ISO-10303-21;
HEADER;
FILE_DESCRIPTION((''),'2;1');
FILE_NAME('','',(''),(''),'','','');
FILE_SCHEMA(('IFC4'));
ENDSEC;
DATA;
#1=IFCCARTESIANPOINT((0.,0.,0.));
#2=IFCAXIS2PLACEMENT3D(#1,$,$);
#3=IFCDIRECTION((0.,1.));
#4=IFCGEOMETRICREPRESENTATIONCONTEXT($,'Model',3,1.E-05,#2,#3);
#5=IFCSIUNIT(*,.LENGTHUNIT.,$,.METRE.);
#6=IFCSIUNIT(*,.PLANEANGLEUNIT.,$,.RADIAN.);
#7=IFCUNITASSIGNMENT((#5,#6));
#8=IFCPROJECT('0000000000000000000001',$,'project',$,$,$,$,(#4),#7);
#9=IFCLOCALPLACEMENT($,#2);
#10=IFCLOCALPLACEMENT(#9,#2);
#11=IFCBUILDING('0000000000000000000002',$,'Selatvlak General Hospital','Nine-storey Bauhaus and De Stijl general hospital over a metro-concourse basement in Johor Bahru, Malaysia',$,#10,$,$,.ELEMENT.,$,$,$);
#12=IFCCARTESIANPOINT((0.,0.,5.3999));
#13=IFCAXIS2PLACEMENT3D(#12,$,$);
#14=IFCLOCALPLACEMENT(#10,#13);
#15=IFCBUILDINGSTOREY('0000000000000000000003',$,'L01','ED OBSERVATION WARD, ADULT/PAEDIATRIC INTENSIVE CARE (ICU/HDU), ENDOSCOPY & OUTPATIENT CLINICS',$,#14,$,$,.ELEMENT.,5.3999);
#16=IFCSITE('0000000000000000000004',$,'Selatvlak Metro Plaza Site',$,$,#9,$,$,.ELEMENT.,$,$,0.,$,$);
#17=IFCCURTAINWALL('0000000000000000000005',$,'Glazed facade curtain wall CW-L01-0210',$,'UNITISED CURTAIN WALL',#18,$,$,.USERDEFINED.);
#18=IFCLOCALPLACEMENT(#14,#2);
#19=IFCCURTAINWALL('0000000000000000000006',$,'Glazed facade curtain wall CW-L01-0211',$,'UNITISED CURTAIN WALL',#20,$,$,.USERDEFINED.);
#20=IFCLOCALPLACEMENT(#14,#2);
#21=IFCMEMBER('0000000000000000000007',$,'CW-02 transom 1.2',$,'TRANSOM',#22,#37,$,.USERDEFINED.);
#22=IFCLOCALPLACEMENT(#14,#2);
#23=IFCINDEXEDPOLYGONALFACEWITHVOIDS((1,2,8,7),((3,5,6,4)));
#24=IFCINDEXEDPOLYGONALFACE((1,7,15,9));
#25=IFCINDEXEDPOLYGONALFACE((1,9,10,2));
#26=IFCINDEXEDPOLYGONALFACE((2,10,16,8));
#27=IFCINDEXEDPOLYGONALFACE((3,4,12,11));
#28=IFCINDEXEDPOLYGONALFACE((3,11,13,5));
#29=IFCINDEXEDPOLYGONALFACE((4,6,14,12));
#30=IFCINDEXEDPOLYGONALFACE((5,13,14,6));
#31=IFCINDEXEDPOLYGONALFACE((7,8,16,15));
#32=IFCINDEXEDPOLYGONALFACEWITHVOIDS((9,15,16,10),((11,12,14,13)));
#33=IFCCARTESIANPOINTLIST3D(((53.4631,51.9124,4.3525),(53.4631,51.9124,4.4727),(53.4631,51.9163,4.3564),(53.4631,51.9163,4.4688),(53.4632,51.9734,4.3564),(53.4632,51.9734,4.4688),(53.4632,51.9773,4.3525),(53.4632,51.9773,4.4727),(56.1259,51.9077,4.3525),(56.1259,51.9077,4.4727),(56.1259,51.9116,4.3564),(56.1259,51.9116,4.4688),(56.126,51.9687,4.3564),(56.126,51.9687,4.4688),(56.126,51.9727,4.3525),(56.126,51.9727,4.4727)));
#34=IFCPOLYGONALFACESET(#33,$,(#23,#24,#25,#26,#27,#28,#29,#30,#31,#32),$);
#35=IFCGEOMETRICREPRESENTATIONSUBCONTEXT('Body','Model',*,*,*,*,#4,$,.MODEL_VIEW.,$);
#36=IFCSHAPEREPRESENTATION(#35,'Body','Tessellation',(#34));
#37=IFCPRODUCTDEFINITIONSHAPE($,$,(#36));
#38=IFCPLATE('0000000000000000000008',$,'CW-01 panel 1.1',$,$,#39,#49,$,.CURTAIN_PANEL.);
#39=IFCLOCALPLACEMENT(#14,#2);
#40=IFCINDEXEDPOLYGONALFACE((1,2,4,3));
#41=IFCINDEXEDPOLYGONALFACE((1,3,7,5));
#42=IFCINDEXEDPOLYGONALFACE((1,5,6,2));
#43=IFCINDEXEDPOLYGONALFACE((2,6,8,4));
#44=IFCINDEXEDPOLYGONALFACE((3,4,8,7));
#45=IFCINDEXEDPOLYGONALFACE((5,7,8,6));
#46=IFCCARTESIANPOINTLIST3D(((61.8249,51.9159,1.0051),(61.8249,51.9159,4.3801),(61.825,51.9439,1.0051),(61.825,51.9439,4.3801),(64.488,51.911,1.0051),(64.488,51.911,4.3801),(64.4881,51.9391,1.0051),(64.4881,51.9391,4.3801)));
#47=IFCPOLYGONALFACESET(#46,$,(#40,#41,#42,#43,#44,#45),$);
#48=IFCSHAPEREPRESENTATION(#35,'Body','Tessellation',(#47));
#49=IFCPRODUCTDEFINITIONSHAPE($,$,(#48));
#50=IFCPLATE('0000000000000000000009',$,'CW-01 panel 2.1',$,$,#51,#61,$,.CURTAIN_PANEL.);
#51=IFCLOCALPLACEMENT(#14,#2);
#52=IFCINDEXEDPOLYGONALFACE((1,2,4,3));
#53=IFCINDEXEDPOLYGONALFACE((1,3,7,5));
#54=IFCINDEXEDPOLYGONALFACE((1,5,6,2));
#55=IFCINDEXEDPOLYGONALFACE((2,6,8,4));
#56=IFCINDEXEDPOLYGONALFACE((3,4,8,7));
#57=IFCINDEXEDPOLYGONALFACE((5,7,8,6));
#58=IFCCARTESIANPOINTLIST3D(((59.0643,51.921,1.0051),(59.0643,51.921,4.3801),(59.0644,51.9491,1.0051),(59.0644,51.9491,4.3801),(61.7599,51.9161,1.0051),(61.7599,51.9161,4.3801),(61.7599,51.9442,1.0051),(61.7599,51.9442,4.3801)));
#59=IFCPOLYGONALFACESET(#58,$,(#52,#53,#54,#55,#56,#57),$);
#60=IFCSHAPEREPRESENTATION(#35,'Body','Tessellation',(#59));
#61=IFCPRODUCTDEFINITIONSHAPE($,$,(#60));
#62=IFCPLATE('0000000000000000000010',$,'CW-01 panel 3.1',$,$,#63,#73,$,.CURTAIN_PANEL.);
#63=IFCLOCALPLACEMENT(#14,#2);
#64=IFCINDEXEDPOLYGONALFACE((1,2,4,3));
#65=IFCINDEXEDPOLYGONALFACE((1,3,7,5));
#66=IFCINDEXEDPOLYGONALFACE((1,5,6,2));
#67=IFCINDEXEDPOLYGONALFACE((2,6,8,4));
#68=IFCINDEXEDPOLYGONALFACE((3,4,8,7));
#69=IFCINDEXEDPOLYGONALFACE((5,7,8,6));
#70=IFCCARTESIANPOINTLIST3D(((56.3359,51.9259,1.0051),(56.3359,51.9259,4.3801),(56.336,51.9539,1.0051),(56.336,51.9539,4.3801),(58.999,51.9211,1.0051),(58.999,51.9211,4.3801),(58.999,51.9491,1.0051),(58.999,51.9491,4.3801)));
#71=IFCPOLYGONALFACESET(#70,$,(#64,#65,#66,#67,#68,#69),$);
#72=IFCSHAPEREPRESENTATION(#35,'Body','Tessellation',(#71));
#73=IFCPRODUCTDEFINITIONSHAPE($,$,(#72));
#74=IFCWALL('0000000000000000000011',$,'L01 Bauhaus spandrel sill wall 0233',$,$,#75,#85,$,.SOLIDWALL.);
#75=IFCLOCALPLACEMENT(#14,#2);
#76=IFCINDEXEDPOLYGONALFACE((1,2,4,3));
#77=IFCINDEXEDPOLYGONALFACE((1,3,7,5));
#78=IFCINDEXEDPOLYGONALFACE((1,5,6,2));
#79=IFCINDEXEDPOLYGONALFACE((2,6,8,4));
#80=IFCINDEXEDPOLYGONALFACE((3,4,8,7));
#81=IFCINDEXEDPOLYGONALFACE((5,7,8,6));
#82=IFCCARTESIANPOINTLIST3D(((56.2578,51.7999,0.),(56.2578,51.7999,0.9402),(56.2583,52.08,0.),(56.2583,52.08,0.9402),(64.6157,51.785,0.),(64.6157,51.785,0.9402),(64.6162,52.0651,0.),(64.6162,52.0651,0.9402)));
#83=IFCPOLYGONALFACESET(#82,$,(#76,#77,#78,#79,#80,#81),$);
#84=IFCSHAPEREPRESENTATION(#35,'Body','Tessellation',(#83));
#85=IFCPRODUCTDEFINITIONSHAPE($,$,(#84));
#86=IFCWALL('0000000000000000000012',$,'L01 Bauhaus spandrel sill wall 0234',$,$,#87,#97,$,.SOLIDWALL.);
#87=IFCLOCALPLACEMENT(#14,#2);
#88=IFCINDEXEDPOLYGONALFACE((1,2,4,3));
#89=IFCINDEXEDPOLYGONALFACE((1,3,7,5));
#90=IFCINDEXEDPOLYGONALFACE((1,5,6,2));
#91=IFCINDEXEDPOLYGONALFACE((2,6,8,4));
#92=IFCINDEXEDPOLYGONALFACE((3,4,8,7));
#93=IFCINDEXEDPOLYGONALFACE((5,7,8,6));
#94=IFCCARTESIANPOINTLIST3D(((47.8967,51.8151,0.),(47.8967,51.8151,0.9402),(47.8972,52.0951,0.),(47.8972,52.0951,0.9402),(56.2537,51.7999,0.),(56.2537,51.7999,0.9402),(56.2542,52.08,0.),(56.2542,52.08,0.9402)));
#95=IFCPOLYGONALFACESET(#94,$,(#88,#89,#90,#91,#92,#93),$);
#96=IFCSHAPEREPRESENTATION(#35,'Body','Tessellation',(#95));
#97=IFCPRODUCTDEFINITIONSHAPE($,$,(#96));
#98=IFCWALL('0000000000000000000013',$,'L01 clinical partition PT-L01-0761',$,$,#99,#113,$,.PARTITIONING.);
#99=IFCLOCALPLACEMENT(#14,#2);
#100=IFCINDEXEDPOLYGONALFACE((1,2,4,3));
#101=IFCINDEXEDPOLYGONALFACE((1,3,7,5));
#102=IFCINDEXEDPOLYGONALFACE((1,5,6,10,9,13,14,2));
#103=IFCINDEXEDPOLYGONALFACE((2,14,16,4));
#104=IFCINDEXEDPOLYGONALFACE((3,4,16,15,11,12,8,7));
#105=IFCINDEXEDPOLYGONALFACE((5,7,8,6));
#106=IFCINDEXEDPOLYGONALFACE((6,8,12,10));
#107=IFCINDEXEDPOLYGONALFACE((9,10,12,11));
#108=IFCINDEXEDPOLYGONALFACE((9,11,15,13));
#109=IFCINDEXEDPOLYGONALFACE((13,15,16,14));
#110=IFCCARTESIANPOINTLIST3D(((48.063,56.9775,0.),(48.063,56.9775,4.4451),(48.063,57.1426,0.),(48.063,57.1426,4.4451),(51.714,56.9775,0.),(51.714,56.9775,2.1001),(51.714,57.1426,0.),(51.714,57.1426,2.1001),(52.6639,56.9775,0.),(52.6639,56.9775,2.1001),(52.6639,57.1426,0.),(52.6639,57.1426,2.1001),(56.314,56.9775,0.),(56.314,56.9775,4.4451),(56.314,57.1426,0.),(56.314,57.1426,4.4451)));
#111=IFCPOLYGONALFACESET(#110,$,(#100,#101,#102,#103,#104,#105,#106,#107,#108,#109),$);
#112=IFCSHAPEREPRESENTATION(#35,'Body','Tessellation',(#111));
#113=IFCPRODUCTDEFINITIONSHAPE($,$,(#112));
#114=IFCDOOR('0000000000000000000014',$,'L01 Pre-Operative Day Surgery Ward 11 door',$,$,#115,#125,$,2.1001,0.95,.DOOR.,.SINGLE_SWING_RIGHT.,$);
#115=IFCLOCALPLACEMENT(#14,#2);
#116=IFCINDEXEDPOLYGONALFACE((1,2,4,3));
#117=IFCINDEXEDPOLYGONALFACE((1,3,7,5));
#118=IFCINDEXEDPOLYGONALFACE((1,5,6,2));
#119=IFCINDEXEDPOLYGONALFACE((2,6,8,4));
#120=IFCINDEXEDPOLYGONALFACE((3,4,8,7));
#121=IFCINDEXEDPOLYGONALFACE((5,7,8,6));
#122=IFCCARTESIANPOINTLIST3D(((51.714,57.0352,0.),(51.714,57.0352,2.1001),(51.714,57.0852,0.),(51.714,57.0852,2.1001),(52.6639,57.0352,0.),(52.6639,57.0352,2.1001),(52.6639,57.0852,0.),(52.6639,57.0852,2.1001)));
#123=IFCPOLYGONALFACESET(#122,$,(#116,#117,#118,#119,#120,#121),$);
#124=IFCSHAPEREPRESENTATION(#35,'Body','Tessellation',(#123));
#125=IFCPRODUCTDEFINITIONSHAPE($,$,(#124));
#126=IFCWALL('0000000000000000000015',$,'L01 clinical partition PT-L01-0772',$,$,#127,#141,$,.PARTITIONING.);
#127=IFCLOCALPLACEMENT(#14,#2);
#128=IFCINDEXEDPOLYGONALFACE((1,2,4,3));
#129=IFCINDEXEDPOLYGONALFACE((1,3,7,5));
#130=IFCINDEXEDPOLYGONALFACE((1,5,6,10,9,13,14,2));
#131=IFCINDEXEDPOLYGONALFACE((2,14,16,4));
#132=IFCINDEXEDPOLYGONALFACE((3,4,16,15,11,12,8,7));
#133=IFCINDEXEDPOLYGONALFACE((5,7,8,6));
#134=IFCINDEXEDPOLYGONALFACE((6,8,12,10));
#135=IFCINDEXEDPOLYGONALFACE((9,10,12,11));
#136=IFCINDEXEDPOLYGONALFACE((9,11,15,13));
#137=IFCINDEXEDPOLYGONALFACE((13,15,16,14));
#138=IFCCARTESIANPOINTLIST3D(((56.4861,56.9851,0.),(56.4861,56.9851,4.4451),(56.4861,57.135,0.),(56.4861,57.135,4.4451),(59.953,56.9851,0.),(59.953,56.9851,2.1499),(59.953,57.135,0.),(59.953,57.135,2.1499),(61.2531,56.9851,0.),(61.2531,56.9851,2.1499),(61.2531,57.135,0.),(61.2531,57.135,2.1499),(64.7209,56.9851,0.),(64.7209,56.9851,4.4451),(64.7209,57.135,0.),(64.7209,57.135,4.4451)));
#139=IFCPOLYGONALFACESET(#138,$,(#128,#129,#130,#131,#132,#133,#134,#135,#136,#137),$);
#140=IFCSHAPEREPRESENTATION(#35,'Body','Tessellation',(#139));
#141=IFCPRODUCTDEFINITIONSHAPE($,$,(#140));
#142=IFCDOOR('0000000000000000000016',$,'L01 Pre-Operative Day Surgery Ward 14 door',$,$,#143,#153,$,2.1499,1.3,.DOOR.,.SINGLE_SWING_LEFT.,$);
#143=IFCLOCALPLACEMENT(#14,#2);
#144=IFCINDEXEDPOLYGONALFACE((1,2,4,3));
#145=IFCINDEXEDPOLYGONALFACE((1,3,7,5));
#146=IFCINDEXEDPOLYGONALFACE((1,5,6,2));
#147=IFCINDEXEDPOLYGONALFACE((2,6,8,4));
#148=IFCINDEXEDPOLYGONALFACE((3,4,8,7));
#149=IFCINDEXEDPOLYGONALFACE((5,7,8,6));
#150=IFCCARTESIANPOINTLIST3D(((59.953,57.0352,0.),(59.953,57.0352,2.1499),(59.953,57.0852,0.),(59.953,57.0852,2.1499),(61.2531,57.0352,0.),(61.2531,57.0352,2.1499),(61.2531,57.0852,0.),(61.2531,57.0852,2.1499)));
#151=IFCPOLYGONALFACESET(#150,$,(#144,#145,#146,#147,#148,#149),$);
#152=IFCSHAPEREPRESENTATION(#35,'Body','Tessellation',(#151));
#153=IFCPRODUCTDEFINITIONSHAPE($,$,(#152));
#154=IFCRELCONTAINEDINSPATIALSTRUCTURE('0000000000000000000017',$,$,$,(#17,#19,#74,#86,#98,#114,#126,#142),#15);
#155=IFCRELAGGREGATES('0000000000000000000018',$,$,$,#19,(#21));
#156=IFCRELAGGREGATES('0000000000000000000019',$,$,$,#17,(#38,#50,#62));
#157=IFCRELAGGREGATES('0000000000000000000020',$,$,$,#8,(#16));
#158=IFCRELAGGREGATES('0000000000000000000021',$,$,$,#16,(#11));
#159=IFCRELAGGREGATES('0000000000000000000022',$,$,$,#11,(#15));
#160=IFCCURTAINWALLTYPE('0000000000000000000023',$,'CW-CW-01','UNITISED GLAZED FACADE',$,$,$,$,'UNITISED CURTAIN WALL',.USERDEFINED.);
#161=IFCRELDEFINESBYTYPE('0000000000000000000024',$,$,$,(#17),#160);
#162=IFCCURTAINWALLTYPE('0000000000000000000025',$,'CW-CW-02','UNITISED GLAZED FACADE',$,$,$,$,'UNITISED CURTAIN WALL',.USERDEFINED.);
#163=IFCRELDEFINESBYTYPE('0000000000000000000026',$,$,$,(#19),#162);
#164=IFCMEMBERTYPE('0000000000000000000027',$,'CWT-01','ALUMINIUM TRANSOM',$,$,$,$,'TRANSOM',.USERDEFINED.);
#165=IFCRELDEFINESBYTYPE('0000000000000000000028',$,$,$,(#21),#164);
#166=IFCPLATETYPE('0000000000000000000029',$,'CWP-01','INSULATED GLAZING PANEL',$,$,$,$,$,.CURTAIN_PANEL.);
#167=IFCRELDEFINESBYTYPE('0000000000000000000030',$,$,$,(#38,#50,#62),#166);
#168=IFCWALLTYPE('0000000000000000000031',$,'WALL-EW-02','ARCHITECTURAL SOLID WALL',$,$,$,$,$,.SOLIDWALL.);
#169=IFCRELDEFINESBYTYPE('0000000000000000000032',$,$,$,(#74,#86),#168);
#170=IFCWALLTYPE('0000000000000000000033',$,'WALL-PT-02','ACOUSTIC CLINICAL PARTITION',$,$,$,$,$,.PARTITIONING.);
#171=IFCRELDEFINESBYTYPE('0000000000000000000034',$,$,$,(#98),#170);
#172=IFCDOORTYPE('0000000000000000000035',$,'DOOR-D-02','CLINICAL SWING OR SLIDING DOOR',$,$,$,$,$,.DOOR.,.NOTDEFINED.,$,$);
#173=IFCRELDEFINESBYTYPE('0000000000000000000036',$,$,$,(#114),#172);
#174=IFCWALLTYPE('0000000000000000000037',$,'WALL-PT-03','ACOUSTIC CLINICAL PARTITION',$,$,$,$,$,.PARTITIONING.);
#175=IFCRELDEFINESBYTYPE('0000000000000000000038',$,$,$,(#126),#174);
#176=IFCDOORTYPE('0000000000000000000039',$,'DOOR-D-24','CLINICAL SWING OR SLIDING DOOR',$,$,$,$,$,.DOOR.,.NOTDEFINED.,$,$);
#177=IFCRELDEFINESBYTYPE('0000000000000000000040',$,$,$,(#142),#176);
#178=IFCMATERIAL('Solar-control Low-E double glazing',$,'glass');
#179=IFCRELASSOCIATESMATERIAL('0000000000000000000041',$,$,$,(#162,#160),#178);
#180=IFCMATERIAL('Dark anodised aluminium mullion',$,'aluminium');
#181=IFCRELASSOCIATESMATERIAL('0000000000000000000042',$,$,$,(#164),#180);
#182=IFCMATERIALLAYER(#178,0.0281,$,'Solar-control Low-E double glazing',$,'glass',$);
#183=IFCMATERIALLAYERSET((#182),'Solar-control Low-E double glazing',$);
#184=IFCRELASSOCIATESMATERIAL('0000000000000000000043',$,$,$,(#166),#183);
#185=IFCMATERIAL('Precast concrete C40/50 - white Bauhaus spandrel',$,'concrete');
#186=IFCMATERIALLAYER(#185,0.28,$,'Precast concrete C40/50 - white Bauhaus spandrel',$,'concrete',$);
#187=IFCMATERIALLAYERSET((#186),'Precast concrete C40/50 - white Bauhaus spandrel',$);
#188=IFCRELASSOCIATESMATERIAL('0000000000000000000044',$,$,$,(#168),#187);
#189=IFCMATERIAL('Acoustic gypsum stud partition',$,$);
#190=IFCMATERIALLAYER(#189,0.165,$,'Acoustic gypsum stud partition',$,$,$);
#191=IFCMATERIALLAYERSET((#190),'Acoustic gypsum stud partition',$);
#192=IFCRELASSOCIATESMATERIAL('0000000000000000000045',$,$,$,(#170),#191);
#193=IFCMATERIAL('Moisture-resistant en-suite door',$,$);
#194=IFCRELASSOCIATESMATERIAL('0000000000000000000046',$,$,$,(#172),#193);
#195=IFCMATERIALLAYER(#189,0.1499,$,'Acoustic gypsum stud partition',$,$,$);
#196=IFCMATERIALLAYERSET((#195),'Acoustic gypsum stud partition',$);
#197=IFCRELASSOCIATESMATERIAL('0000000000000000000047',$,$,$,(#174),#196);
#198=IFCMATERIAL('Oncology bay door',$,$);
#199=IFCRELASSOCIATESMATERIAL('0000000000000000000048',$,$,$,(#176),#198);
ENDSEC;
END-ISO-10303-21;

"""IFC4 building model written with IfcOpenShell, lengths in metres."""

from ifc_helpers import new_model, si_unit, direction, frame, frame_2d, origin, origin_2d, place, context, subcontext, project, spatial, rectangle, hollow_rectangle, extrude, material, layer, layer_set, material_profile, profile_set, type_object, element, fill, aggregate, save


model = new_model("IFC4")

# Units and contexts
model_context = context("Model", 3, precision=1e-05, world=origin(), true_north=direction((0.0, 1.0)))
body_context = subcontext(model_context, "Body", "Model", "MODEL_VIEW")
ifc_project = project(units=[si_unit("LENGTHUNIT", "METRE"), si_unit("PLANEANGLEUNIT", "RADIAN")], contexts=[model_context])

# Site, building, storey
site_placement = place(None, origin())
site = spatial("IfcSite", under=ifc_project, at=site_placement, Name="Selatvlak Metro Plaza Site", CompositionType="ELEMENT", RefElevation=0.0)
building_placement = place(site_placement, origin())
building = spatial("IfcBuilding", under=site, at=building_placement, Name="Selatvlak General Hospital", Description="Nine-storey Bauhaus and De Stijl general hospital over a metro-concourse basement in Johor Bahru, Malaysia", CompositionType="ELEMENT")
storey_placement = place(building_placement, frame((0.0, 0.0, 5.3999)))
storey = spatial("IfcBuildingStorey", under=building, at=storey_placement, Name="L01", Description="ED OBSERVATION WARD, ADULT/PAEDIATRIC INTENSIVE CARE (ICU/HDU), ENDOSCOPY & OUTPATIENT CLINICS", CompositionType="ELEMENT", Elevation=5.3999)

# Shared definitions
ifc_material_1 = material(Name="Solar-control Low-E double glazing", Category="glass")
curtain_wall_type_1 = type_object("IfcCurtainWallType", Name="CW-CW-02", Description="UNITISED GLAZED FACADE", ElementType="UNITISED CURTAIN WALL", PredefinedType="USERDEFINED", material=ifc_material_1)
ifc_material_2 = material(Name="Dark anodised aluminium mullion", Category="aluminium")

# Curtain wall
curtain_wall_type_2 = type_object("IfcCurtainWallType", Name="CW-CW-01", Description="UNITISED GLAZED FACADE", ElementType="UNITISED CURTAIN WALL", PredefinedType="USERDEFINED", material=ifc_material_1)
curtain_wall_1_placement = place(storey_placement, origin())
curtain_wall_1 = element("IfcCurtainWall", 1, at=curtain_wall_1_placement, inside=storey, type_object=curtain_wall_type_2, Name="Glazed facade curtain wall CW-L01-0210", ObjectType="UNITISED CURTAIN WALL", PredefinedType="USERDEFINED")

# Curtain wall
curtain_wall_2_placement = place(storey_placement, origin())
curtain_wall_2 = element("IfcCurtainWall", 2, at=curtain_wall_2_placement, inside=storey, type_object=curtain_wall_type_1, Name="Glazed facade curtain wall CW-L01-0211", ObjectType="UNITISED CURTAIN WALL", PredefinedType="USERDEFINED")

# Member
ifc_material_profile_1 = material_profile(ifc_material_2, hollow_rectangle(XDim=0.0649, YDim=0.1201, WallThickness=0.0039, at=origin_2d()), Name="AL-TRN 65x120x4")
ifc_profile_set_1 = profile_set([ifc_material_profile_1], Name="Dark anodised aluminium mullion")
member_type_1 = type_object("IfcMemberType", Name="CWT-01", Description="ALUMINIUM TRANSOM", ElementType="TRANSOM", PredefinedType="USERDEFINED", material=ifc_profile_set_1)
member_1_placement = place(storey_placement, frame((56.126, 51.9402, 4.4126), z_axis=(-0.999998, 0.001742, 0.0), x_axis=(-0.001742, -0.999998, 0.0)))
member_1 = element("IfcMember", 3, at=member_1_placement, type_object=member_type_1, Name="CW-02 transom 1.2", ObjectType="TRANSOM", PredefinedType="USERDEFINED", context=body_context, shape_type="SweptSolid", body=[
    extrude(hollow_rectangle(XDim=0.0649, YDim=0.1201, WallThickness=0.0039, at=origin_2d()), origin(), (0.0, 0.0, 1.0), 2.6628),
])
aggregate(curtain_wall_2, [member_1])

# Plates
ifc_layer_1 = layer(ifc_material_1, 0.0281, Name="Solar-control Low-E double glazing", Category="glass")
ifc_layer_set_1 = layer_set([ifc_layer_1], Name="Solar-control Low-E double glazing")
plate_type = type_object("IfcPlateType", Name="CWP-01", Description="INSULATED GLAZING PANEL", PredefinedType="CURTAIN_PANEL", material=ifc_layer_set_1)
plate_1_placement = place(storey_placement, frame((63.1565, 51.9275, 1.0051), z_axis=(0.0, 0.0, 1.0), x_axis=(-0.999998, 0.001811, 0.0)))
plate_1 = element("IfcPlate", 4, at=plate_1_placement, type_object=plate_type, Name="CW-01 panel 1.1", PredefinedType="CURTAIN_PANEL", context=body_context, shape_type="SweptSolid", body=[
    extrude(rectangle(XDim=2.6631, YDim=0.0281, at=origin_2d()), origin(), (0.0, 0.0, 1.0), 3.375),
])
plate_2_placement = place(storey_placement, frame((60.4121, 51.9326, 1.0051), z_axis=(0.0, 0.0, 1.0), x_axis=(-0.999998, 0.001811, 0.0)))
plate_2 = element("IfcPlate", 5, at=plate_2_placement, type_object=plate_type, Name="CW-01 panel 2.1", PredefinedType="CURTAIN_PANEL", context=body_context, shape_type="SweptSolid", body=[
    extrude(rectangle(XDim=2.6956, YDim=0.0281, at=origin_2d()), origin(), (0.0, 0.0, 1.0), 3.375),
])
plate_3_placement = place(storey_placement, frame((57.6675, 51.9375, 1.0051), z_axis=(0.0, 0.0, 1.0), x_axis=(-0.999998, 0.001811, 0.0)))
plate_3 = element("IfcPlate", 6, at=plate_3_placement, type_object=plate_type, Name="CW-01 panel 3.1", PredefinedType="CURTAIN_PANEL", context=body_context, shape_type="SweptSolid", body=[
    extrude(rectangle(XDim=2.6631, YDim=0.0281, at=origin_2d()), origin(), (0.0, 0.0, 1.0), 3.375),
])
aggregate(curtain_wall_1, [plate_1, plate_2, plate_3])

# Walls
ifc_material_3 = material(Name="Precast concrete C40/50 - white Bauhaus spandrel", Category="concrete")
ifc_layer_2 = layer(ifc_material_3, 0.28, Name="Precast concrete C40/50 - white Bauhaus spandrel", Category="concrete")
ifc_layer_set_2 = layer_set([ifc_layer_2], Name="Precast concrete C40/50 - white Bauhaus spandrel")
wall_type_1 = type_object("IfcWallType", Name="WALL-EW-02", Description="ARCHITECTURAL SOLID WALL", PredefinedType="SOLIDWALL", material=ifc_layer_set_2)
wall_1_placement = place(storey_placement, frame((64.616, 51.925, 0.0), z_axis=(0.0, 0.0, 1.0), x_axis=(-0.999998, 0.001782, 0.0)))
element("IfcWall", 7, at=wall_1_placement, inside=storey, type_object=wall_type_1, Name="L01 Bauhaus spandrel sill wall 0233", PredefinedType="SOLIDWALL", context=body_context, shape_type="SweptSolid", body=[
    extrude(rectangle(XDim=8.3579, YDim=0.28, at=frame_2d((4.179, 0.0))), origin(), (0.0, 0.0, 1.0), 0.9402),
])
wall_2_placement = place(storey_placement, frame((56.2539, 51.9399, 0.0), z_axis=(0.0, 0.0, 1.0), x_axis=(-0.999998, 0.001811, 0.0)))
element("IfcWall", 8, at=wall_2_placement, inside=storey, type_object=wall_type_1, Name="L01 Bauhaus spandrel sill wall 0234", PredefinedType="SOLIDWALL", context=body_context, shape_type="SweptSolid", body=[
    extrude(rectangle(XDim=8.3569, YDim=0.28, at=frame_2d((4.1785, 0.0))), origin(), (0.0, 0.0, 1.0), 0.9402),
])

# Walls, openings, doors
ifc_material_4 = material(Name="Acoustic gypsum stud partition")
ifc_layer_3 = layer(ifc_material_4, 0.165, Name="Acoustic gypsum stud partition")
ifc_layer_set_3 = layer_set([ifc_layer_3], Name="Acoustic gypsum stud partition")
wall_type_2 = type_object("IfcWallType", Name="WALL-PT-02", Description="ACOUSTIC CLINICAL PARTITION", PredefinedType="PARTITIONING", material=ifc_layer_set_3)
wall_3_placement = place(storey_placement, frame((56.314, 57.0601, 0.0), z_axis=(0.0, 0.0, 1.0), x_axis=(-1.0, 0.0, 0.0)))
wall_3 = element("IfcWall", 9, at=wall_3_placement, inside=storey, type_object=wall_type_2, Name="L01 clinical partition PT-L01-0761", PredefinedType="PARTITIONING", context=body_context, shape_type="SweptSolid", body=[
    extrude(rectangle(XDim=8.251, YDim=0.165, at=frame_2d((4.1255, 0.0))), origin(), (0.0, 0.0, 1.0), 4.4451),
])
opening_1_placement = place(wall_3_placement, frame((3.6499, 0.0, 0.0)))
opening_1 = element("IfcOpeningElement", 10, at=opening_1_placement, cuts=wall_3, PredefinedType="OPENING", context=body_context, shape_type="SweptSolid", body=[
    extrude(rectangle(XDim=0.95, YDim=2.1001, at=frame_2d((0.4751, 1.05))), frame((0.0, 0.0925, 0.0), z_axis=(0.0, -1.0, 0.0), x_axis=(1.0, 0.0, 0.0)), (0.0, 0.0, 1.0), 0.1851),
])
ifc_material_5 = material(Name="Moisture-resistant en-suite door")
door_type_1 = type_object("IfcDoorType", Name="DOOR-D-02", Description="CLINICAL SWING OR SLIDING DOOR", OperationType="NOTDEFINED", PredefinedType="DOOR", material=ifc_material_5)
door_1_placement = place(opening_1_placement, origin())
door_1 = element("IfcDoor", 11, at=door_1_placement, inside=storey, type_object=door_type_1, Name="L01 Pre-Operative Day Surgery Ward 11 door", OperationType="SINGLE_SWING_RIGHT", OverallHeight=2.1001, OverallWidth=0.95, PredefinedType="DOOR", context=body_context, shape_type="SweptSolid", body=[
    extrude(rectangle(XDim=0.95, YDim=2.1001, at=frame_2d((0.4751, 1.05))), frame((0.0, 0.0249, 0.0), z_axis=(0.0, -1.0, 0.0), x_axis=(1.0, 0.0, 0.0)), (0.0, 0.0, 1.0), 0.05),
])
fill(opening_1, door_1)
ifc_layer_4 = layer(ifc_material_4, 0.1499, Name="Acoustic gypsum stud partition")
ifc_layer_set_4 = layer_set([ifc_layer_4], Name="Acoustic gypsum stud partition")
wall_type_3 = type_object("IfcWallType", Name="WALL-PT-03", Description="ACOUSTIC CLINICAL PARTITION", PredefinedType="PARTITIONING", material=ifc_layer_set_4)
wall_4_placement = place(storey_placement, frame((64.7209, 57.0601, 0.0), z_axis=(0.0, 0.0, 1.0), x_axis=(-1.0, 0.0, 0.0)))
wall_4 = element("IfcWall", 12, at=wall_4_placement, inside=storey, type_object=wall_type_3, Name="L01 clinical partition PT-L01-0772", PredefinedType="PARTITIONING", context=body_context, shape_type="SweptSolid", body=[
    extrude(rectangle(XDim=8.2349, YDim=0.1499, at=frame_2d((4.1174, 0.0))), origin(), (0.0, 0.0, 1.0), 4.4451),
])
opening_2_placement = place(wall_4_placement, frame((3.468, 0.0, 0.0)))
opening_2 = element("IfcOpeningElement", 13, at=opening_2_placement, cuts=wall_4, PredefinedType="OPENING", context=body_context, shape_type="SweptSolid", body=[
    extrude(rectangle(XDim=1.3, YDim=2.1499, at=frame_2d((0.6499, 1.075))), frame((0.0, 0.085, 0.0), z_axis=(0.0, -1.0, 0.0), x_axis=(1.0, 0.0, 0.0)), (0.0, 0.0, 1.0), 0.1699),
])
ifc_material_6 = material(Name="Oncology bay door")
door_type_2 = type_object("IfcDoorType", Name="DOOR-D-24", Description="CLINICAL SWING OR SLIDING DOOR", OperationType="NOTDEFINED", PredefinedType="DOOR", material=ifc_material_6)
door_2_placement = place(opening_2_placement, origin())
door_2 = element("IfcDoor", 14, at=door_2_placement, inside=storey, type_object=door_type_2, Name="L01 Pre-Operative Day Surgery Ward 14 door", OperationType="SINGLE_SWING_LEFT", OverallHeight=2.1499, OverallWidth=1.3, PredefinedType="DOOR", context=body_context, shape_type="SweptSolid", body=[
    extrude(rectangle(XDim=1.3, YDim=2.1499, at=frame_2d((0.6499, 1.075))), frame((0.0, 0.0249, 0.0), z_axis=(0.0, -1.0, 0.0), x_axis=(1.0, 0.0, 0.0)), (0.0, 0.0, 1.0), 0.05),
])
fill(opening_2, door_2)

save(model, "model.ifc")
